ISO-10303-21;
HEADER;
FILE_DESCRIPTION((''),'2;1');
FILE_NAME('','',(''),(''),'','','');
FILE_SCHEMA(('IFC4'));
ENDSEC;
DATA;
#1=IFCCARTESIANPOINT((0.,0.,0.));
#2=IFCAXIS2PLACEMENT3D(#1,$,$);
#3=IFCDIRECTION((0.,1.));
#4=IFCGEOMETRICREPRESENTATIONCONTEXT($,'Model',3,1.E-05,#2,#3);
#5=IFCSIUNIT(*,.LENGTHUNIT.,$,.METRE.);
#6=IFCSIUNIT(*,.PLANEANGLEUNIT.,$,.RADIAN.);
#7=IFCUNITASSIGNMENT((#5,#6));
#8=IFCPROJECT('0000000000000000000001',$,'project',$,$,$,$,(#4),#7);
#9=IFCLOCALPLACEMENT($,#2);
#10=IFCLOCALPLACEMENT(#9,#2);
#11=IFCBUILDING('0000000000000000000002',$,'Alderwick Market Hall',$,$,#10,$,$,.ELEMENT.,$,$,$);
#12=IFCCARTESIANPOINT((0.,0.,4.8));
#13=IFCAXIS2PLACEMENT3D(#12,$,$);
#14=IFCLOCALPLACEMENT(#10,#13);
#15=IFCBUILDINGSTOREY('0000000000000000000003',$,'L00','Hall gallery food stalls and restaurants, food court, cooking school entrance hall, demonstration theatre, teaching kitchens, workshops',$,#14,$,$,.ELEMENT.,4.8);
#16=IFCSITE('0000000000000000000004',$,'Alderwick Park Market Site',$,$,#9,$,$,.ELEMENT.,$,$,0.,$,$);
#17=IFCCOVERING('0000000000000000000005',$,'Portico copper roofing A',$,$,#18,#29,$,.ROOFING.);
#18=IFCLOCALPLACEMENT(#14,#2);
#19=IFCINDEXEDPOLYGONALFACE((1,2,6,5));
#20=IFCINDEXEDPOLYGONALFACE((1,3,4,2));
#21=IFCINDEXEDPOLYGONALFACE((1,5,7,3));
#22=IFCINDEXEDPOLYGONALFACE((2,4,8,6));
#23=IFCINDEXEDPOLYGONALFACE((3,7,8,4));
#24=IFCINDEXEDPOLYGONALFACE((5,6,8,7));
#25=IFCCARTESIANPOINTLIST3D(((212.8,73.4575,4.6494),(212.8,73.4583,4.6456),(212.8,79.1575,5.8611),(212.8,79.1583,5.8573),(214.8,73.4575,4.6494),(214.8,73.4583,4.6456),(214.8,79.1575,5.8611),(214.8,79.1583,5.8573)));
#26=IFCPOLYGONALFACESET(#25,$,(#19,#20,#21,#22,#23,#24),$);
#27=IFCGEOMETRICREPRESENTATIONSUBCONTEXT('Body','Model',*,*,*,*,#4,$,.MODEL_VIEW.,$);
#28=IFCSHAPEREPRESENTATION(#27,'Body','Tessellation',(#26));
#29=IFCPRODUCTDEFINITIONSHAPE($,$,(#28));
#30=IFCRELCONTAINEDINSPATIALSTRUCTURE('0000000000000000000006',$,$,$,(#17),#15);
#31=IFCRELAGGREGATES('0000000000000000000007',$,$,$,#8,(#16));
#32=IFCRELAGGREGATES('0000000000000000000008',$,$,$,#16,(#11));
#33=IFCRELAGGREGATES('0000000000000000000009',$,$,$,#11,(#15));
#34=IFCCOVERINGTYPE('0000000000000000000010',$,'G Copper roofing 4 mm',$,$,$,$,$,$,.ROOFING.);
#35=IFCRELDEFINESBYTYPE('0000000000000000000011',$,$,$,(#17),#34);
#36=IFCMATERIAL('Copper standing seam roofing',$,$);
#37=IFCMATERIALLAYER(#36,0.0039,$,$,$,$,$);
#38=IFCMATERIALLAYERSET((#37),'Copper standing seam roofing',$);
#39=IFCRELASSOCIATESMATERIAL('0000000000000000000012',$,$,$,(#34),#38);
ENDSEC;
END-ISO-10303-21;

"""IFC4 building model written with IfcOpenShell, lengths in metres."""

from ifc_helpers import new_model, si_unit, direction, frame, origin, place, context, subcontext, project, spatial, polyline, outline, extrude, material, layer, layer_set, type_object, element, save


model = new_model("IFC4")

# Units and contexts
model_context = context("Model", 3, precision=1e-05, world=origin(), true_north=direction((0.0, 1.0)))
body_context = subcontext(model_context, "Body", "Model", "MODEL_VIEW")
ifc_project = project(units=[si_unit("LENGTHUNIT", "METRE"), si_unit("PLANEANGLEUNIT", "RADIAN")], contexts=[model_context])

# Site, building, storey
site_placement = place(None, origin())
site = spatial("IfcSite", under=ifc_project, at=site_placement, Name="Alderwick Park Market Site", CompositionType="ELEMENT", RefElevation=0.0)
building_placement = place(site_placement, origin())
building = spatial("IfcBuilding", under=site, at=building_placement, Name="Alderwick Market Hall", CompositionType="ELEMENT")
storey_placement = place(building_placement, frame((0.0, 0.0, 4.8)))
storey = spatial("IfcBuildingStorey", under=building, at=storey_placement, Name="L00", Description="Hall gallery food stalls and restaurants, food court, cooking school entrance hall, demonstration theatre, teaching kitchens, workshops", CompositionType="ELEMENT", Elevation=4.8)

# Covering
ifc_material_1 = material(Name="Copper standing seam roofing")
ifc_layer_1 = layer(ifc_material_1, 0.0039)
ifc_layer_set_1 = layer_set([ifc_layer_1], Name="Copper standing seam roofing")
covering_type_1 = type_object("IfcCoveringType", Name="G Copper roofing 4 mm", PredefinedType="ROOFING", material=ifc_layer_set_1)
covering_1_placement = place(storey_placement, frame((212.8, 73.4575, 4.6494), z_axis=(0.0, -0.207929, 0.978144), x_axis=(0.0, 0.978144, 0.207929)))
element("IfcCovering", 1, at=covering_1_placement, inside=storey, type_object=covering_type_1, Name="Portico copper roofing A", PredefinedType="ROOFING", context=body_context, shape_type="SweptSolid", body=[
    extrude(outline(polyline([(0.0, 0.0), (5.8273, 0.0), (5.8273, -2.0), (0.0, -2.0), (0.0, 0.0)])), origin(), (0.0, 0.0, -1.0), 0.0039),
])

save(model, "model.ifc")
